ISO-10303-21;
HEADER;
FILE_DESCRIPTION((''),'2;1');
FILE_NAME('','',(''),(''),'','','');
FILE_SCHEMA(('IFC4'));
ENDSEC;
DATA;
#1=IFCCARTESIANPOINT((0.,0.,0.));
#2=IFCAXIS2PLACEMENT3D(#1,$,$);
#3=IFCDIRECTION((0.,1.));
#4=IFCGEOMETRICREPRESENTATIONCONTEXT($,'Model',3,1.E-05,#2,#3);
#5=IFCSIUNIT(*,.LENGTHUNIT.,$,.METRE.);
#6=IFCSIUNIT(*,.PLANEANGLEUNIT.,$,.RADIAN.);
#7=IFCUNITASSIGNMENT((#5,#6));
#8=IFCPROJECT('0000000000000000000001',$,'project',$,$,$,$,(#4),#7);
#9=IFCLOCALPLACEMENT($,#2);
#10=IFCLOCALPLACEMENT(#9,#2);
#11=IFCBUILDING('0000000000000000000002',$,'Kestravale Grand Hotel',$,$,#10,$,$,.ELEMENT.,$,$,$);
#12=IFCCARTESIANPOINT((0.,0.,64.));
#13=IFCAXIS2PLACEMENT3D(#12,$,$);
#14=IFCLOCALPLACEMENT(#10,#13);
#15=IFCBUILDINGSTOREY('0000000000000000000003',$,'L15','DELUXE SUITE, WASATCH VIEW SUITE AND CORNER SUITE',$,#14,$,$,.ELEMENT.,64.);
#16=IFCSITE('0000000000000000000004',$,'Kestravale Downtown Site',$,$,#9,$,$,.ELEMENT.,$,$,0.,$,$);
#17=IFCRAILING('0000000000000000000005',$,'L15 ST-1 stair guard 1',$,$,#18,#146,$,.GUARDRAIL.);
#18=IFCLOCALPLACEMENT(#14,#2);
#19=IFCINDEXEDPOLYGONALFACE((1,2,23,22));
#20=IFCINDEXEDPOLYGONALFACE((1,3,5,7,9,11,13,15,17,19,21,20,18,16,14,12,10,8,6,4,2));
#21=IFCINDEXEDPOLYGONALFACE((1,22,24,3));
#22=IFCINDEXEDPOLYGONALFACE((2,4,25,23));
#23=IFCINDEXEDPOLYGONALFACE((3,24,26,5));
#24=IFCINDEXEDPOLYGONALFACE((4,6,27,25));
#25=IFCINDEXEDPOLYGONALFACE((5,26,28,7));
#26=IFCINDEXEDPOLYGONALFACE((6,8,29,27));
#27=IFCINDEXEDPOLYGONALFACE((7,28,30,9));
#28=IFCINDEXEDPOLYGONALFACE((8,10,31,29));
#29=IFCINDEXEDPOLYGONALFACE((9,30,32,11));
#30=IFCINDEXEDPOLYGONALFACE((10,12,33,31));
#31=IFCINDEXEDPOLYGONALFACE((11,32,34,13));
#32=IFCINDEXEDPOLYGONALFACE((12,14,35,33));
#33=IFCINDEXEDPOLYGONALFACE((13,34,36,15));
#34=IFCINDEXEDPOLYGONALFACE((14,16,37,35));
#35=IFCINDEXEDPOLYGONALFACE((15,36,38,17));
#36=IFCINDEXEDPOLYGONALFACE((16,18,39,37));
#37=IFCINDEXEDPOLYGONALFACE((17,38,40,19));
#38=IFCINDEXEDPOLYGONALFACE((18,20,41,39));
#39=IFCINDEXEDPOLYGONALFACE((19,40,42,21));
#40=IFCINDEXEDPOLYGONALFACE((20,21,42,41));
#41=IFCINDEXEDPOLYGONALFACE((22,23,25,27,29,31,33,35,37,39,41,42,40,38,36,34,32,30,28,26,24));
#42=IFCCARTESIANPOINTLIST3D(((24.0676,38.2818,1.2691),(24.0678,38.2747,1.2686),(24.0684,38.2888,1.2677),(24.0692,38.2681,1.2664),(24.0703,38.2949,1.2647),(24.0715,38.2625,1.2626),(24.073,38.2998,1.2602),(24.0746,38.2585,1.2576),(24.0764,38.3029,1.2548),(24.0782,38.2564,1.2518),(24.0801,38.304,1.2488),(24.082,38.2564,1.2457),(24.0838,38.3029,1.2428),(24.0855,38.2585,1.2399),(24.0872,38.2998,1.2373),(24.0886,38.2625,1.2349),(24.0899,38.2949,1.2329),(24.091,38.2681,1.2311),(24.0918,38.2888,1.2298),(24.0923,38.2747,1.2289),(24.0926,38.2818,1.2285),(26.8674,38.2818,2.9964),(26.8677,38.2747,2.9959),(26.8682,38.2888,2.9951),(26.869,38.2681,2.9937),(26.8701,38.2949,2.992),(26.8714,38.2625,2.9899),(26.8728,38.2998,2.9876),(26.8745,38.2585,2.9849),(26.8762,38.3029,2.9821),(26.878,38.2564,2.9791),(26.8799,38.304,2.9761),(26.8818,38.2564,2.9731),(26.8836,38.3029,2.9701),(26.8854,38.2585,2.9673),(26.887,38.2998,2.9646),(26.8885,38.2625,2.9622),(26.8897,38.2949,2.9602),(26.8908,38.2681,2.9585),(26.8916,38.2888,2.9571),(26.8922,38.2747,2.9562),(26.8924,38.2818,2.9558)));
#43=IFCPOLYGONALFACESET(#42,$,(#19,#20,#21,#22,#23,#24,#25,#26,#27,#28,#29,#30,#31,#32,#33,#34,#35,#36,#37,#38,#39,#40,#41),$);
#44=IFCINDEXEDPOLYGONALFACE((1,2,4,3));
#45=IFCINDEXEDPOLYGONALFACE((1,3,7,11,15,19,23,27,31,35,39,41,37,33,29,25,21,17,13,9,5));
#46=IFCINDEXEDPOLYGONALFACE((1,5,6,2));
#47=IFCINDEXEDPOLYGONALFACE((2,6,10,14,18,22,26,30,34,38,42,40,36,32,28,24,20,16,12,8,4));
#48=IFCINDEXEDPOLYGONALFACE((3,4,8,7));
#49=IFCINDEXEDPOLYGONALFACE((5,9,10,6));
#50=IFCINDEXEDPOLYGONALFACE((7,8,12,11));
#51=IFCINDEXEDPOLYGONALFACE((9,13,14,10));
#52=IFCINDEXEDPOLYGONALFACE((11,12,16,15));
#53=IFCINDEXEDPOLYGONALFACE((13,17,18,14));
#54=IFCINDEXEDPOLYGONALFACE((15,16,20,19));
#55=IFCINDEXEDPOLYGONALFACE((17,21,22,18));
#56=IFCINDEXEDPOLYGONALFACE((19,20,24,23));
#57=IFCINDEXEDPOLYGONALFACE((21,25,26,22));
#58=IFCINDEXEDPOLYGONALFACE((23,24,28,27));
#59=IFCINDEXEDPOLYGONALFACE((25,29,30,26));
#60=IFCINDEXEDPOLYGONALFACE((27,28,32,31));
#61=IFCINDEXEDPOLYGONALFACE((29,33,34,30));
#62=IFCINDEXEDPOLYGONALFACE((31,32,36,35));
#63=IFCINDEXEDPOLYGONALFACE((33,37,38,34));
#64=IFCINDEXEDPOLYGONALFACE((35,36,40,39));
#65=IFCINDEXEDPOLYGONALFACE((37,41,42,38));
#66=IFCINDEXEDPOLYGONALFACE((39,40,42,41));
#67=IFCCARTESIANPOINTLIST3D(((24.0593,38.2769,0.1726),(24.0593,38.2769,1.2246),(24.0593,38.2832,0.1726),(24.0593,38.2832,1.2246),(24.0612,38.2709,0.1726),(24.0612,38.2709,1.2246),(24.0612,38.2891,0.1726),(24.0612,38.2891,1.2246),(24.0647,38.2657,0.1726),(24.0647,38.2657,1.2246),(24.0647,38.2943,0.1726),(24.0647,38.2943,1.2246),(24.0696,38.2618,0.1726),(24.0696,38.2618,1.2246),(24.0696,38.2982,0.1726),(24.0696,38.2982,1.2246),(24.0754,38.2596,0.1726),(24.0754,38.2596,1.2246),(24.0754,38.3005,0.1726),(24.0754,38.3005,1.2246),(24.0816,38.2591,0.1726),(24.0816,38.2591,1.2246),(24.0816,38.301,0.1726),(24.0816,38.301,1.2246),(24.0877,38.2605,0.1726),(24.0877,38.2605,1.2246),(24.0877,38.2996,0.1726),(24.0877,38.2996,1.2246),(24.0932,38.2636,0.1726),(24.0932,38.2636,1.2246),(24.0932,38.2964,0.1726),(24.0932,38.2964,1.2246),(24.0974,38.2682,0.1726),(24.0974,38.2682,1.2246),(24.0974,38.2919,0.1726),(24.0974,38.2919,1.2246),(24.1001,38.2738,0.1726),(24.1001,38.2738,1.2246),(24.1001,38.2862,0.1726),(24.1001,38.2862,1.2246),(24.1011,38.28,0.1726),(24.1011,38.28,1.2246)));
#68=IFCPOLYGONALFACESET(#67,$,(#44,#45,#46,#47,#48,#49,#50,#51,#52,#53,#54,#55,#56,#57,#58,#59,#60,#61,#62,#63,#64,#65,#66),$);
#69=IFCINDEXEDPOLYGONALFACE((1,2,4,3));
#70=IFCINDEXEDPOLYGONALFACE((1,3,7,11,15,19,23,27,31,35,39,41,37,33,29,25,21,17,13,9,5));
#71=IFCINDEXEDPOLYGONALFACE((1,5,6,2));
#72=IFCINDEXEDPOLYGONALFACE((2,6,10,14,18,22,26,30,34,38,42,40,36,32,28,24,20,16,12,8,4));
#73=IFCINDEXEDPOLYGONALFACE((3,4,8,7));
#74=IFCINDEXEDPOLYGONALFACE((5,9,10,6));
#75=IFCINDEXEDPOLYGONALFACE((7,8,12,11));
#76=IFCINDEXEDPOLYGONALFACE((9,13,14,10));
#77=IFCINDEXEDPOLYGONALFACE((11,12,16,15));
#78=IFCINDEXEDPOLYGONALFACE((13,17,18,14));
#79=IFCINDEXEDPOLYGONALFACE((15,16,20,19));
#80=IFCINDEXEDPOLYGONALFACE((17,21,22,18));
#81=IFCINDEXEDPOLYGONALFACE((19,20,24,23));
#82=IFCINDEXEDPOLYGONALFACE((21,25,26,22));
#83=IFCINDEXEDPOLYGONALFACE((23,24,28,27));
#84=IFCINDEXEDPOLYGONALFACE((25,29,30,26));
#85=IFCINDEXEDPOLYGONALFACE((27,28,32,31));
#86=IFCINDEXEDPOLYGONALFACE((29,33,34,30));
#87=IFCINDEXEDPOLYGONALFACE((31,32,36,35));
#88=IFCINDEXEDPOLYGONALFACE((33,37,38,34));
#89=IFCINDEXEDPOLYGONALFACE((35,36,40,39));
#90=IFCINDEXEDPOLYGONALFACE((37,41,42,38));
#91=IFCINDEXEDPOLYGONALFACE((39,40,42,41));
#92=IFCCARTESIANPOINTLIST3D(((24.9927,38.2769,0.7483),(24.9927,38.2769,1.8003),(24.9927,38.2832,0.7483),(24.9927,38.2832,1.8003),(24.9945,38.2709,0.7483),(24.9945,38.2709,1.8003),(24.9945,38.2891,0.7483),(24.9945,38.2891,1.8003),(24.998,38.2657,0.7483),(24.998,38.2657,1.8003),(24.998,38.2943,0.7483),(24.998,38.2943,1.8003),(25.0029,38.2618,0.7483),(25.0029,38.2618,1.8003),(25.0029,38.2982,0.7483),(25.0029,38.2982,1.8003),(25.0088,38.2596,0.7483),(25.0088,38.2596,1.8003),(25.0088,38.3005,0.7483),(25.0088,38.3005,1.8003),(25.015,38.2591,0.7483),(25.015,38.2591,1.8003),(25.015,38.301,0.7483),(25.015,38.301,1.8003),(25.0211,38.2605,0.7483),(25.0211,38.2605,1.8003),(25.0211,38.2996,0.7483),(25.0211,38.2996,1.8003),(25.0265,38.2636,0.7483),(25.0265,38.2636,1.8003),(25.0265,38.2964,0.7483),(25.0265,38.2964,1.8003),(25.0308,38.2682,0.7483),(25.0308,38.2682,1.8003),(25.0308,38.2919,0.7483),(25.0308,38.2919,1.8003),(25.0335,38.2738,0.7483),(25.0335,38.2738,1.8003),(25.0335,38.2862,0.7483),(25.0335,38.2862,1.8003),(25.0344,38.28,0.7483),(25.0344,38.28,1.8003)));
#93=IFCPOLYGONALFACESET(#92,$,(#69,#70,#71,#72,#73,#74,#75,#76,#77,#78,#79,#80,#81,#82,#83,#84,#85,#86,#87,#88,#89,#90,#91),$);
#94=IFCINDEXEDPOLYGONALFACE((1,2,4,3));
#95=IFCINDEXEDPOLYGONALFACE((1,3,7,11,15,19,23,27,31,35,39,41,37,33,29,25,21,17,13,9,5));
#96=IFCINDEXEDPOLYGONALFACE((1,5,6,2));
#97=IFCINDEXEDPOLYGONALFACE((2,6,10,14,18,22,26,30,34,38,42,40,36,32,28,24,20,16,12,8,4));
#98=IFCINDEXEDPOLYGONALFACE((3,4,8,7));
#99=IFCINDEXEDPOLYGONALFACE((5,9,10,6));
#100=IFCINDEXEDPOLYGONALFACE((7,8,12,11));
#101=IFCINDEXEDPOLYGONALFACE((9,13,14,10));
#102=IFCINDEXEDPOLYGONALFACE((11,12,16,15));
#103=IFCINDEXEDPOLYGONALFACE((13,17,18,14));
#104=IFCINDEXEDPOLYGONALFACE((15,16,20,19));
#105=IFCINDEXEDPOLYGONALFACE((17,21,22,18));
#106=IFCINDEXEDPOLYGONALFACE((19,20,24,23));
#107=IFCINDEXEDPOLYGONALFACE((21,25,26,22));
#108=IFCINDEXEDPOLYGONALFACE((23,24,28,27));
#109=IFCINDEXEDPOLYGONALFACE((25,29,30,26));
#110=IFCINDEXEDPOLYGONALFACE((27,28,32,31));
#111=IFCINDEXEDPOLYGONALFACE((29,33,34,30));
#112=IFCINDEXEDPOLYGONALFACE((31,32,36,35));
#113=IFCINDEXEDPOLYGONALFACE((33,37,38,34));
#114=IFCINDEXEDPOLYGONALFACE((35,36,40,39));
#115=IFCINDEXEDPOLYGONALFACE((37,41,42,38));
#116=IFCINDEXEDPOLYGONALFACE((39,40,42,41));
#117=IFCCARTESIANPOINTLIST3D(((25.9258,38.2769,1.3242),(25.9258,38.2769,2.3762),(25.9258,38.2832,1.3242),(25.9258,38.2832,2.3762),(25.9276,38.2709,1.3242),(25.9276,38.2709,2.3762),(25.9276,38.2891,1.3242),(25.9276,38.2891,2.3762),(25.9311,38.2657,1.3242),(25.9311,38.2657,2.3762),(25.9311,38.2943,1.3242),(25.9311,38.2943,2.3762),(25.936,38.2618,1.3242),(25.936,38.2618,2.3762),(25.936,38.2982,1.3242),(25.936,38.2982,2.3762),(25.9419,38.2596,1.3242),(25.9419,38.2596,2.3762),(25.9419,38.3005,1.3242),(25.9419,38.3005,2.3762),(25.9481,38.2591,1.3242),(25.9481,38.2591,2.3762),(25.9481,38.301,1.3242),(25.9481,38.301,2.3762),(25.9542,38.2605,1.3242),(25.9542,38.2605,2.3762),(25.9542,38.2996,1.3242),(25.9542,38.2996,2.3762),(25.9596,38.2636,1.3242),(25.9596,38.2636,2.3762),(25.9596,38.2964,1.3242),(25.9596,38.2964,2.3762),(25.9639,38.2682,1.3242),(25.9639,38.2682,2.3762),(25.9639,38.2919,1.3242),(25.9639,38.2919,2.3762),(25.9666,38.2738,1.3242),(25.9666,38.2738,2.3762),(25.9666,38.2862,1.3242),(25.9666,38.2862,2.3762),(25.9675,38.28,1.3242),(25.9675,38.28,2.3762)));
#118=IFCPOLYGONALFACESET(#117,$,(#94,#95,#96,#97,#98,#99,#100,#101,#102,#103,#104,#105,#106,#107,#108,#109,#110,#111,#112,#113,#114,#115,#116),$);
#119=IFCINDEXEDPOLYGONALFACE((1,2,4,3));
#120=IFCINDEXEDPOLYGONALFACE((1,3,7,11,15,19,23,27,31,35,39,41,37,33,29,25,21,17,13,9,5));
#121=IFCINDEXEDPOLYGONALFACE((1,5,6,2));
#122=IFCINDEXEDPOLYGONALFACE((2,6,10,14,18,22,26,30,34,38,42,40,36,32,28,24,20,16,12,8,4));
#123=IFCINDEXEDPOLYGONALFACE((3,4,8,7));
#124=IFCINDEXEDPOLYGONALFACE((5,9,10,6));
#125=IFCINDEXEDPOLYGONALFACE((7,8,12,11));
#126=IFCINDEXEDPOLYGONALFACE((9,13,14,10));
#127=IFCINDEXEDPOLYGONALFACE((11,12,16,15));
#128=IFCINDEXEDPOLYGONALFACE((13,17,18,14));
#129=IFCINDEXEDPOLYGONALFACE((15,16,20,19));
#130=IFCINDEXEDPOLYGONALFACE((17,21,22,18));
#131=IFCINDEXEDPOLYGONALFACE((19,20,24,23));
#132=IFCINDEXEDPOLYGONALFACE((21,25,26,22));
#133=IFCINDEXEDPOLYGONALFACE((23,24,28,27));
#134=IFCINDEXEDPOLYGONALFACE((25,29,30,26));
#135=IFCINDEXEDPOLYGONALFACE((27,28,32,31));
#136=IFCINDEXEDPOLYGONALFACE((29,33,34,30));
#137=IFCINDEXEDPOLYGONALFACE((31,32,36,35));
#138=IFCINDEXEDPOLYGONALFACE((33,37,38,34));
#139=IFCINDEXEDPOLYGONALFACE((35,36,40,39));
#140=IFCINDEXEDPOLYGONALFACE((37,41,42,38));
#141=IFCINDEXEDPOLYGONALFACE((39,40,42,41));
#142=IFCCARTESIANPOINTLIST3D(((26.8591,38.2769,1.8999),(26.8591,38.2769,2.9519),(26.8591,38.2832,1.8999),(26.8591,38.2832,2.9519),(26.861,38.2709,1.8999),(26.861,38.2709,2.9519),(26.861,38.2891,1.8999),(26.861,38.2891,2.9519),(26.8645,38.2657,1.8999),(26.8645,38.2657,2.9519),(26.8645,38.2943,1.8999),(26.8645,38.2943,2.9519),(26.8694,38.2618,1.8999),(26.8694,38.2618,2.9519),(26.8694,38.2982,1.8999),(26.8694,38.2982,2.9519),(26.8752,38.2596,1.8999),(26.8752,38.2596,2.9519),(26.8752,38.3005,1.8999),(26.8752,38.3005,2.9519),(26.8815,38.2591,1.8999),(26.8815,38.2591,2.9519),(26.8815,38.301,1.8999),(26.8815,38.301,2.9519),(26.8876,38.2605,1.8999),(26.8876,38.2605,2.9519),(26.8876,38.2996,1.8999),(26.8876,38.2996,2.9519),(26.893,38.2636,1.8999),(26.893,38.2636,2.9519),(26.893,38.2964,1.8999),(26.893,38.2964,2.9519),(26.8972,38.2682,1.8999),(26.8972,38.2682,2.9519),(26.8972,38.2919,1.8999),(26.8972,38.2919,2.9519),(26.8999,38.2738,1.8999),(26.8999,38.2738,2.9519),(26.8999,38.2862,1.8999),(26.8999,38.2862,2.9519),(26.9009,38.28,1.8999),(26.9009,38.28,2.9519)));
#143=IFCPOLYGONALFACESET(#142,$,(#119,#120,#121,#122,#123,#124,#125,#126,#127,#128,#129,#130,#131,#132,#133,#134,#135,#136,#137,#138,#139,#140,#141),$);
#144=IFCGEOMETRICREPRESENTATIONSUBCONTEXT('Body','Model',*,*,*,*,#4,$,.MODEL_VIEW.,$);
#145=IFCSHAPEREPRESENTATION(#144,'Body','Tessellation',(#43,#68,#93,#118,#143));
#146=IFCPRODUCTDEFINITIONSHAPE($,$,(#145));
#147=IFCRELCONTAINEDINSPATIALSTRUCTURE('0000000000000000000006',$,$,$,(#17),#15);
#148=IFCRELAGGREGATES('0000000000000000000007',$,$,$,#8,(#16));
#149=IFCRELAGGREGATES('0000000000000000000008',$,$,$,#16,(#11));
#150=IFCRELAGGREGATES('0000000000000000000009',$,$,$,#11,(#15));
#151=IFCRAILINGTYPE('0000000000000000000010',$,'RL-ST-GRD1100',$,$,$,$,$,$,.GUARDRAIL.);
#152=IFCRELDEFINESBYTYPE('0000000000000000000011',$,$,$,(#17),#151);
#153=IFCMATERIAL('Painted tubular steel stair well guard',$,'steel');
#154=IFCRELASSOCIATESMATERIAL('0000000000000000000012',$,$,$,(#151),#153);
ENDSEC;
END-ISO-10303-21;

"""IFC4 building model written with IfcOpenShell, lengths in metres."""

from ifc_helpers import new_model, si_unit, direction, frame, origin, origin_2d, place, context, subcontext, project, spatial, circle, extrude, material, type_object, element, save


model = new_model("IFC4")

# Units and contexts
model_context = context("Model", 3, precision=1e-05, world=origin(), true_north=direction((0.0, 1.0)))
body_context = subcontext(model_context, "Body", "Model", "MODEL_VIEW")
ifc_project = project(units=[si_unit("LENGTHUNIT", "METRE"), si_unit("PLANEANGLEUNIT", "RADIAN")], contexts=[model_context])

# Site, building, storey
site_placement = place(None, origin())
site = spatial("IfcSite", under=ifc_project, at=site_placement, Name="Kestravale Downtown Site", CompositionType="ELEMENT", RefElevation=0.0)
building_placement = place(site_placement, origin())
building = spatial("IfcBuilding", under=site, at=building_placement, Name="Kestravale Grand Hotel", CompositionType="ELEMENT")
storey_placement = place(building_placement, frame((0.0, 0.0, 64.0)))
storey = spatial("IfcBuildingStorey", under=building, at=storey_placement, Name="L15", Description="DELUXE SUITE, WASATCH VIEW SUITE AND CORNER SUITE", CompositionType="ELEMENT", Elevation=64.0)

# Railing
ifc_material_1 = material(Name="Painted tubular steel stair well guard", Category="steel")
railing_type_1 = type_object("IfcRailingType", Name="RL-ST-GRD1100", PredefinedType="GUARDRAIL", material=ifc_material_1)
railing_1_placement = place(storey_placement, frame((24.0801, 38.28, 0.1726)))
element("IfcRailing", 1, at=railing_1_placement, inside=storey, type_object=railing_type_1, Name="L15 ST-1 stair guard 1", PredefinedType="GUARDRAIL", context=body_context, shape_type="SweptSolid", body=[
    extrude(circle(Radius=0.0239, at=origin_2d()), frame((0.0, 0.0, 1.0762), z_axis=(0.851069, 0.0, 0.525054), x_axis=(0.0, 1.0, 0.0)), (0.0, 0.0, 1.0), 3.2898),
    extrude(circle(Radius=0.021, at=origin_2d()), origin(), (0.0, 0.0, 1.0), 1.052),
    extrude(circle(Radius=0.021, at=origin_2d()), frame((0.9333, 0.0, 0.5757)), (0.0, 0.0, 1.0), 1.052),
    extrude(circle(Radius=0.021, at=origin_2d()), frame((1.8665, 0.0, 1.1516)), (0.0, 0.0, 1.0), 1.052),
    extrude(circle(Radius=0.021, at=origin_2d()), frame((2.7998, 0.0, 1.7273)), (0.0, 0.0, 1.0), 1.052),
])

save(model, "model.ifc")
